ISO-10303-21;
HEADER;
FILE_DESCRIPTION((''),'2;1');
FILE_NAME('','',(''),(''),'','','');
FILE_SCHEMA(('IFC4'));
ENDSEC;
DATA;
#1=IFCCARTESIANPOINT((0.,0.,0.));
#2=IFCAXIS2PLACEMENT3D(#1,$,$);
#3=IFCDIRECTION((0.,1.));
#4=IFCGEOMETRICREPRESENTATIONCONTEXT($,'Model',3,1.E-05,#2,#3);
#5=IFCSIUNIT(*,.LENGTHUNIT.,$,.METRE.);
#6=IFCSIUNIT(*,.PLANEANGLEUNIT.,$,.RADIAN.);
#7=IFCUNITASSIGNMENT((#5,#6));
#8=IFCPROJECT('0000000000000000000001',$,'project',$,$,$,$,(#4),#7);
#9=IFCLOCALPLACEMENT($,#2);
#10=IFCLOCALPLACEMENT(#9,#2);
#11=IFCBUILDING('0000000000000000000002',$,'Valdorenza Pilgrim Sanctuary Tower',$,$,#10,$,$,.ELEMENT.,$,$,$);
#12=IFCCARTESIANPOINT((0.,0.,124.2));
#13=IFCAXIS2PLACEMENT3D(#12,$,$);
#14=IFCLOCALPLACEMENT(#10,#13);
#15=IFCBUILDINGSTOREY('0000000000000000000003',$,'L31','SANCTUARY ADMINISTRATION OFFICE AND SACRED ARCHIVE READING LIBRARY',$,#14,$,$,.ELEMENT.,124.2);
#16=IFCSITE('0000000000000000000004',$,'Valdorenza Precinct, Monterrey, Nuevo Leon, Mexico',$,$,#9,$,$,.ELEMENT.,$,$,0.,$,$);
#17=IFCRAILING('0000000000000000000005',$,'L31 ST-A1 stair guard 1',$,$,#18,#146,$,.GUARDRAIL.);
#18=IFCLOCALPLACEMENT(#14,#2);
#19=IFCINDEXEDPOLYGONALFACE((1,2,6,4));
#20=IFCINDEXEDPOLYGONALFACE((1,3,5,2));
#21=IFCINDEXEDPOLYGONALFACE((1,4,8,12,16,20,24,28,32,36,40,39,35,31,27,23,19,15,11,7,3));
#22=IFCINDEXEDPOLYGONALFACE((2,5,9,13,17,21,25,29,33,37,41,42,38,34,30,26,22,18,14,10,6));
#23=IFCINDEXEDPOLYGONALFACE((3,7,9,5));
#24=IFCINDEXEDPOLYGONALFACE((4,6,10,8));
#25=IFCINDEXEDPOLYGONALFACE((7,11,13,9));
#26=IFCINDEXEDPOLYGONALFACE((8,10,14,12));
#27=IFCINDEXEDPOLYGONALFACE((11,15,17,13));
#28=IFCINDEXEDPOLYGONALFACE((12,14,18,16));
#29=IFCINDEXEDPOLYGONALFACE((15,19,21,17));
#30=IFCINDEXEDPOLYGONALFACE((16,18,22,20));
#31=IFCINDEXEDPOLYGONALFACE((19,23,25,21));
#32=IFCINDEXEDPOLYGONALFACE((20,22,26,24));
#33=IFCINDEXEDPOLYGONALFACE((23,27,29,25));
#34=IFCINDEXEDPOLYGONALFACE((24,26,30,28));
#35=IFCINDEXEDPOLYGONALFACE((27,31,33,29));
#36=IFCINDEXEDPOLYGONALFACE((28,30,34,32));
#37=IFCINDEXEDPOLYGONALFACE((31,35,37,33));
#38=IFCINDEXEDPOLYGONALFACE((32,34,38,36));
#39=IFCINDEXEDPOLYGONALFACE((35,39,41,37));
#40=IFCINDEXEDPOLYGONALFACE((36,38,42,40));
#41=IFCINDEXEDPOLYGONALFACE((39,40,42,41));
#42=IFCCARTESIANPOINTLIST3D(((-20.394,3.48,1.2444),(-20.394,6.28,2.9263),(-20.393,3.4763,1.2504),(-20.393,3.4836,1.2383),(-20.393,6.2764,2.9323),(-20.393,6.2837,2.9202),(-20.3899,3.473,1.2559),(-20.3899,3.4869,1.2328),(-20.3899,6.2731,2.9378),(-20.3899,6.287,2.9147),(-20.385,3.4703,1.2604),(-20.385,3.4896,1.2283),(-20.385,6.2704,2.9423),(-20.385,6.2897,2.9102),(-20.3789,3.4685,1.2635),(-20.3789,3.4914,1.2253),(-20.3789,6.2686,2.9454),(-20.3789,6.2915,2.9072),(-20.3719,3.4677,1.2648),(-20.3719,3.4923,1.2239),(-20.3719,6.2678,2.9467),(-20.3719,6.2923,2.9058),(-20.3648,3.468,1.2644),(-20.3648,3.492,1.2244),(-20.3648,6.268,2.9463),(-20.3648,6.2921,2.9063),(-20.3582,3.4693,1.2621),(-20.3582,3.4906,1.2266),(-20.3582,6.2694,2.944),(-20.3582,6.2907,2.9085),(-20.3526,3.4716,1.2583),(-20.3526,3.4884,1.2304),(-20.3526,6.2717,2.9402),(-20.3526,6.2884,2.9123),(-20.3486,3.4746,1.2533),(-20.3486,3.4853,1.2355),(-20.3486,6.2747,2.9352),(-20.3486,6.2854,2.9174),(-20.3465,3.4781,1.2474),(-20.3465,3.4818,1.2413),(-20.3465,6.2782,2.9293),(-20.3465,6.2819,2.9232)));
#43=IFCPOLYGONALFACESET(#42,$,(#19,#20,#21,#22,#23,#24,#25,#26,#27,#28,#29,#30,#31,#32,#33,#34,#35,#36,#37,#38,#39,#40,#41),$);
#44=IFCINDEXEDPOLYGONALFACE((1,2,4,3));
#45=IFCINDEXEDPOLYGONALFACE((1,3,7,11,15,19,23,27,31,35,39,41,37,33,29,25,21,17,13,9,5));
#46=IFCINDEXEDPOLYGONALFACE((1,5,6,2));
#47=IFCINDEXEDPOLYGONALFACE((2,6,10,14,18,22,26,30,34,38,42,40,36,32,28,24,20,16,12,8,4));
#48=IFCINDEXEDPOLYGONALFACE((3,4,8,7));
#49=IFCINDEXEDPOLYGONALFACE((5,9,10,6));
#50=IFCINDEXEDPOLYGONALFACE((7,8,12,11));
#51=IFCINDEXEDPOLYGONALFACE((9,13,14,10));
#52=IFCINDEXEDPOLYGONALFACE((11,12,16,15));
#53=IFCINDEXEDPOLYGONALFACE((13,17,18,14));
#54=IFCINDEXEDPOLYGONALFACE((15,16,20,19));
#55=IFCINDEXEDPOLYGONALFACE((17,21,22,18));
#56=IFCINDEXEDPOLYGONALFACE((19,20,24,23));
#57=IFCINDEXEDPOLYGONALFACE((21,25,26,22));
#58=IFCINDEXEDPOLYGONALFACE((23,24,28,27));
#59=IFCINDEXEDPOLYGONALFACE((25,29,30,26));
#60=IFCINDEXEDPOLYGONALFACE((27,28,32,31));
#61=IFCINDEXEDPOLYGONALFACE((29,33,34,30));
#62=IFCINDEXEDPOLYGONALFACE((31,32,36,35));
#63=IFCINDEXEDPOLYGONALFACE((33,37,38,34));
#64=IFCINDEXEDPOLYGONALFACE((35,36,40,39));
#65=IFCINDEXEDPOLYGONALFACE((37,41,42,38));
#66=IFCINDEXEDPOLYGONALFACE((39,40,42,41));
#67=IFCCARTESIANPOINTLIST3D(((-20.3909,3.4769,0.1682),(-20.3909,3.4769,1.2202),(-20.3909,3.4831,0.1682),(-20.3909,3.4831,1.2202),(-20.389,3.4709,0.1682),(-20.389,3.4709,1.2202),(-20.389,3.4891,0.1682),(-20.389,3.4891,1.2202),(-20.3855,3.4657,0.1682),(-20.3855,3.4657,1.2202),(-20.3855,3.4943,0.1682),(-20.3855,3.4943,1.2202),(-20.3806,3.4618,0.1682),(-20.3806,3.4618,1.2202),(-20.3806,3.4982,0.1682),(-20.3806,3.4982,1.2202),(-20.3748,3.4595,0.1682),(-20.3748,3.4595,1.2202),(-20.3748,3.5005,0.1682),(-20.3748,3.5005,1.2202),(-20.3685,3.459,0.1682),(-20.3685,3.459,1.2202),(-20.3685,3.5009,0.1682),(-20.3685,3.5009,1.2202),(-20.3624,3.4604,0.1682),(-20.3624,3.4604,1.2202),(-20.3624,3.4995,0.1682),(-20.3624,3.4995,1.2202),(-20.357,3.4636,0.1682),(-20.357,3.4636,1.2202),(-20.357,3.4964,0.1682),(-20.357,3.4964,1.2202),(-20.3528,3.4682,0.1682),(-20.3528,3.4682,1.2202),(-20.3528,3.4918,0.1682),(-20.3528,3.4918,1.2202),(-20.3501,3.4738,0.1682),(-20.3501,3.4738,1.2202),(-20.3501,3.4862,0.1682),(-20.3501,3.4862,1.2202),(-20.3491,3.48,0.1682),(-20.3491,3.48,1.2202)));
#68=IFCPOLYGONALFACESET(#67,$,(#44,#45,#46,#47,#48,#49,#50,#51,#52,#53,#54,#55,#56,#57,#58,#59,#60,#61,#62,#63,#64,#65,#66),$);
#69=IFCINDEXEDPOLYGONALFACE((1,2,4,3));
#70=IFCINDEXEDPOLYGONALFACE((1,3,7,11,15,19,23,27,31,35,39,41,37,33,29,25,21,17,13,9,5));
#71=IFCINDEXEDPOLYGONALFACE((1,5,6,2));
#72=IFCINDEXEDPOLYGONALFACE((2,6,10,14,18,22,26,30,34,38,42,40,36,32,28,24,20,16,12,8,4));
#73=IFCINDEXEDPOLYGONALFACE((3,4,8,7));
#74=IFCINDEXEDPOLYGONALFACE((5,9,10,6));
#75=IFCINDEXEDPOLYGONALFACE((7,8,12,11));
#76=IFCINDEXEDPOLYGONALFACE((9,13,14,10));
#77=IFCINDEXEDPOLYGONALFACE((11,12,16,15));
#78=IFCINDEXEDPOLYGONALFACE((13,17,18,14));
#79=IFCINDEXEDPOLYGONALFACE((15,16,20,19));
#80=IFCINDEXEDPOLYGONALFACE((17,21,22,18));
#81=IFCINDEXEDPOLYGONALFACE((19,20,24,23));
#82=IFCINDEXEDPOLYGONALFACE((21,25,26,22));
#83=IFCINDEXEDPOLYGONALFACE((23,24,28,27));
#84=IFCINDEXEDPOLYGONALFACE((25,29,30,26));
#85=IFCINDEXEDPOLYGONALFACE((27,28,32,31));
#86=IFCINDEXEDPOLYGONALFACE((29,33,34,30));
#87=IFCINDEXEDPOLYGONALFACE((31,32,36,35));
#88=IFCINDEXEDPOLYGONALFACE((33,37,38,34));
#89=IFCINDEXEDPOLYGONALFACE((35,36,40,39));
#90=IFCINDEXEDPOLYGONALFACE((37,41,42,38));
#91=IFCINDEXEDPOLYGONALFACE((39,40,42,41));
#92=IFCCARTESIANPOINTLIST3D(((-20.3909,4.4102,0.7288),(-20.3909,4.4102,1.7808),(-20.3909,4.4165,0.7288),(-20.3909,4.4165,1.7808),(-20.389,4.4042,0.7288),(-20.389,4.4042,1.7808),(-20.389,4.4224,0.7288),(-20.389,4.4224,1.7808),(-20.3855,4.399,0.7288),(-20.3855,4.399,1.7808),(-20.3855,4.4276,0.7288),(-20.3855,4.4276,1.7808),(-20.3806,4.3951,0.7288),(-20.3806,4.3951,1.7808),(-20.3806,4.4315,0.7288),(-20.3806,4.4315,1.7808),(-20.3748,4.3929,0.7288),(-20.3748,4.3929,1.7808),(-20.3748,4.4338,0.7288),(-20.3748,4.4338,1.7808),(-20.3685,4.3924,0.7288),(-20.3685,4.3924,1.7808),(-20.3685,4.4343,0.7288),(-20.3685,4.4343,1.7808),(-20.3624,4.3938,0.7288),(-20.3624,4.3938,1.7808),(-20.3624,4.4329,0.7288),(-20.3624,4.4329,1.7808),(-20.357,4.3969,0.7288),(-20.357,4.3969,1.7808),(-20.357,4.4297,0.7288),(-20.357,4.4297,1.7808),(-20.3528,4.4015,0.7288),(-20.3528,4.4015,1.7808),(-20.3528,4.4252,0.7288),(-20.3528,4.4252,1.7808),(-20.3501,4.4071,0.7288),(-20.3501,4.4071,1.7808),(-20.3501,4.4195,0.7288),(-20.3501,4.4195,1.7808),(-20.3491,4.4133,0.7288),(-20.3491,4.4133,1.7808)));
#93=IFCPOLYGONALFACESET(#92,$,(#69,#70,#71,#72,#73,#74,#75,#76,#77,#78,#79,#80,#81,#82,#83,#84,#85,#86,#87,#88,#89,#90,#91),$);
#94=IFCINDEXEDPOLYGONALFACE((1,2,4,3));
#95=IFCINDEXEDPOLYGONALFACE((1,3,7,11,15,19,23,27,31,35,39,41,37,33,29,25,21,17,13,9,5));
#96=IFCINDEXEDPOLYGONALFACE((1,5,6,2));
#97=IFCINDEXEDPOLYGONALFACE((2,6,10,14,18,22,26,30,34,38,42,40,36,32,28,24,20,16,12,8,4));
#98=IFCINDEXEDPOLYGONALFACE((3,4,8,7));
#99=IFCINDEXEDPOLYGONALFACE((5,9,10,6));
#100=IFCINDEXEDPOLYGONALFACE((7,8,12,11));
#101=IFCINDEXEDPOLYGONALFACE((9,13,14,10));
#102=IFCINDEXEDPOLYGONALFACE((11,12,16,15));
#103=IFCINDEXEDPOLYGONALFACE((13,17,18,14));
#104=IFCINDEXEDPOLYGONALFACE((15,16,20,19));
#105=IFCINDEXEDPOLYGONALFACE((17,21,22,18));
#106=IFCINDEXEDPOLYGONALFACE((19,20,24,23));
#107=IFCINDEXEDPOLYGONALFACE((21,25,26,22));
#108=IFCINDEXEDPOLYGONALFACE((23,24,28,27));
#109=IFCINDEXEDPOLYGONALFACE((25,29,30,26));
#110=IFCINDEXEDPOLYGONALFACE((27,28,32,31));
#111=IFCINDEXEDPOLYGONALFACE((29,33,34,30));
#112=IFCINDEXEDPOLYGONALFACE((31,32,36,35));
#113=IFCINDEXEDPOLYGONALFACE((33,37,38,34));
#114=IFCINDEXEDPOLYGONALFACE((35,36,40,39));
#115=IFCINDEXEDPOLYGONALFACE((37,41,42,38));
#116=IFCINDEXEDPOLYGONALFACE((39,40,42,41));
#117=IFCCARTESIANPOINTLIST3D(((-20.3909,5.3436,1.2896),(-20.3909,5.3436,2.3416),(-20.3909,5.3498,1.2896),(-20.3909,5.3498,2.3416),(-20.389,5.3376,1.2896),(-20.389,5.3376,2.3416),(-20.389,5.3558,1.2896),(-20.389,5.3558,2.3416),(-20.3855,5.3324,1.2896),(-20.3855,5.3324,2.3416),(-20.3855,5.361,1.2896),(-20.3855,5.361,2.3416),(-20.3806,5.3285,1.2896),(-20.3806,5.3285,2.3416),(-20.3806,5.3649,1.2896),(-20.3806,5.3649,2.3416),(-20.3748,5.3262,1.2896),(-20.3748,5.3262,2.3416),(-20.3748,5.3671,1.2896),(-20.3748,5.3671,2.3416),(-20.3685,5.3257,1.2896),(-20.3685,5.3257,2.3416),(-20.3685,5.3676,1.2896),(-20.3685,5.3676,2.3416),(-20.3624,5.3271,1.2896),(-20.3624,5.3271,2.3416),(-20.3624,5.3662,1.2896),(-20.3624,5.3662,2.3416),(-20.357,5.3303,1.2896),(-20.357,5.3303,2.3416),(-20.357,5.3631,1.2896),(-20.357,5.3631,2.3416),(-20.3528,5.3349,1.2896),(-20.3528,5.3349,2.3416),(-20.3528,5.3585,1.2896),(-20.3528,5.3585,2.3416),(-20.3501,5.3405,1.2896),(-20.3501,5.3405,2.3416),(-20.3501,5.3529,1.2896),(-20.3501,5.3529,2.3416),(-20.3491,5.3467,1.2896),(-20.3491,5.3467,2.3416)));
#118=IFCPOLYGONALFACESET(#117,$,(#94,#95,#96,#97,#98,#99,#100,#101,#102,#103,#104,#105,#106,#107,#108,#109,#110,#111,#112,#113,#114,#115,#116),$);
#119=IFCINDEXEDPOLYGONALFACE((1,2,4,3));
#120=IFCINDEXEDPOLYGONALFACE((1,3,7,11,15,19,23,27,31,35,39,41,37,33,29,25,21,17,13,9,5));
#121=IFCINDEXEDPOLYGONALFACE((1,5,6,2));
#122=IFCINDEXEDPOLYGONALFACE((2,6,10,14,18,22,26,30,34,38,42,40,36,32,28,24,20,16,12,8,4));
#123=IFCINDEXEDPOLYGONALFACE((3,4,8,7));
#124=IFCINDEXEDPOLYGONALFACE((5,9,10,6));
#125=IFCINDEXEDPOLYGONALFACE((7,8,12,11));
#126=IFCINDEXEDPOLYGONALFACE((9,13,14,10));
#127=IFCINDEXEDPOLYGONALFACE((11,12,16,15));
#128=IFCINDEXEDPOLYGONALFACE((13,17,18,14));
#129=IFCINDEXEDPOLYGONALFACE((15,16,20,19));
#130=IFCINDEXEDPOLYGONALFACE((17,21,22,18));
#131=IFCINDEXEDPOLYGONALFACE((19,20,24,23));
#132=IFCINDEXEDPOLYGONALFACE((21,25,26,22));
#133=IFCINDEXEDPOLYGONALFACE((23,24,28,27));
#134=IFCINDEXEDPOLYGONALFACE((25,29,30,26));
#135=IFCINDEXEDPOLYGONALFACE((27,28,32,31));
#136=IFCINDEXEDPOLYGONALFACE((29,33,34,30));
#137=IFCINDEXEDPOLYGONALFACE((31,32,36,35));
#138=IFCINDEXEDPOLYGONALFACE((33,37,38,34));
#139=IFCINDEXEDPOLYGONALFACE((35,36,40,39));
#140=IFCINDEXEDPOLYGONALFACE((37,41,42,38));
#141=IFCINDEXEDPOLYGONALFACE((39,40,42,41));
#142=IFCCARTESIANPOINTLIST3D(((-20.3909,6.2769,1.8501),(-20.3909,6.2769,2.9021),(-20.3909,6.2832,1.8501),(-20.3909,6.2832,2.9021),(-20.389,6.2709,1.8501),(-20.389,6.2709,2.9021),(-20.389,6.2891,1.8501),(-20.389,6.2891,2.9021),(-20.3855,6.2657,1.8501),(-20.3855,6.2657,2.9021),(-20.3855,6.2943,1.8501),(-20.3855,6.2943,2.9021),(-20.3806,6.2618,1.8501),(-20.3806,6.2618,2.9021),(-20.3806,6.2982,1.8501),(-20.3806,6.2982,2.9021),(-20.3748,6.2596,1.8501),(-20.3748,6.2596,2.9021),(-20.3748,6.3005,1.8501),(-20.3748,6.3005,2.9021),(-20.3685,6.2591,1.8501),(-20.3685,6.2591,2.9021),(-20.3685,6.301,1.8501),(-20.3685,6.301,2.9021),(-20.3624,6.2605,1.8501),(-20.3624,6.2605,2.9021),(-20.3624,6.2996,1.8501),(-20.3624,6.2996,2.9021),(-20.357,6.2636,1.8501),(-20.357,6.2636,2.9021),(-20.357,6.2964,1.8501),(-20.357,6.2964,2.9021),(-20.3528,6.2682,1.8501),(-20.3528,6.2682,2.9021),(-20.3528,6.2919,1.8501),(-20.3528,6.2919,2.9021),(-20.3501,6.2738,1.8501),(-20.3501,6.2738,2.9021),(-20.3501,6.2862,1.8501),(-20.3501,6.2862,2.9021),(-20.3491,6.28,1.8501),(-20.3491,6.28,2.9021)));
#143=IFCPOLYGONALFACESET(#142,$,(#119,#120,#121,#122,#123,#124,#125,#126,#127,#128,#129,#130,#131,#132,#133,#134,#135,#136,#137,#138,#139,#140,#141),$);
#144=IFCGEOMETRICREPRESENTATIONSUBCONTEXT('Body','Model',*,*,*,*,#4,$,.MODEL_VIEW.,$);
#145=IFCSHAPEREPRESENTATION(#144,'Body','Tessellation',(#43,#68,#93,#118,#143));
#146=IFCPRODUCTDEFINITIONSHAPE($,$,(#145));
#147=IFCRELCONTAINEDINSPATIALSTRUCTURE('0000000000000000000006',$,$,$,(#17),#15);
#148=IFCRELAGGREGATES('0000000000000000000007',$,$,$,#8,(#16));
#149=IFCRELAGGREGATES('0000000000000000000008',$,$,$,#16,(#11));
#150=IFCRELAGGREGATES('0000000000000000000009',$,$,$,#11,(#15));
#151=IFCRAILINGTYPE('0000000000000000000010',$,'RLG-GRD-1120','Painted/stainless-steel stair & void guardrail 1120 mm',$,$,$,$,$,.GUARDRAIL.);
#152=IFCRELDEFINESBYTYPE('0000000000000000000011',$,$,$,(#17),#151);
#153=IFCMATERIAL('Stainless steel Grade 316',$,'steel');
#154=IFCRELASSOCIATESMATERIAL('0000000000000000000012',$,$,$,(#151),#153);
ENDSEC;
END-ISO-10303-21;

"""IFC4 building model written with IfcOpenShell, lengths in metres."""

from ifc_helpers import new_model, si_unit, direction, frame, origin, origin_2d, place, context, subcontext, project, spatial, circle, extrude, material, type_object, element, save


model = new_model("IFC4")

# Units and contexts
model_context = context("Model", 3, precision=1e-05, world=origin(), true_north=direction((0.0, 1.0)))
body_context = subcontext(model_context, "Body", "Model", "MODEL_VIEW")
ifc_project = project(units=[si_unit("LENGTHUNIT", "METRE"), si_unit("PLANEANGLEUNIT", "RADIAN")], contexts=[model_context])

# Site, building, storey
site_placement = place(None, origin())
site = spatial("IfcSite", under=ifc_project, at=site_placement, Name="Valdorenza Precinct, Monterrey, Nuevo Leon, Mexico", CompositionType="ELEMENT", RefElevation=0.0)
building_placement = place(site_placement, origin())
building = spatial("IfcBuilding", under=site, at=building_placement, Name="Valdorenza Pilgrim Sanctuary Tower", CompositionType="ELEMENT")
storey_placement = place(building_placement, frame((0.0, 0.0, 124.2)))
storey = spatial("IfcBuildingStorey", under=building, at=storey_placement, Name="L31", Description="SANCTUARY ADMINISTRATION OFFICE AND SACRED ARCHIVE READING LIBRARY", CompositionType="ELEMENT", Elevation=124.2)

# Railing
ifc_material_1 = material(Name="Stainless steel Grade 316", Category="steel")
railing_type_1 = type_object("IfcRailingType", Name="RLG-GRD-1120", Description="Painted/stainless-steel stair & void guardrail 1120 mm", PredefinedType="GUARDRAIL", material=ifc_material_1)
railing_1_placement = place(storey_placement, frame((-20.3701, 3.48, 0.1682)))
element("IfcRailing", 1, at=railing_1_placement, inside=storey, type_object=railing_type_1, Name="L31 ST-A1 stair guard 1", PredefinedType="GUARDRAIL", context=body_context, shape_type="SweptSolid", body=[
    extrude(circle(Radius=0.0239, at=origin_2d()), frame((0.0, 0.0, 1.0762), z_axis=(0.0, 0.857242, 0.514913), x_axis=(-1.0, 0.0, 0.0)), (0.0, 0.0, 1.0), 3.2664),
    extrude(circle(Radius=0.021, at=origin_2d()), origin(), (0.0, 0.0, 1.0), 1.052),
    extrude(circle(Radius=0.021, at=origin_2d()), frame((0.0, 0.9333, 0.5605)), (0.0, 0.0, 1.0), 1.052),
    extrude(circle(Radius=0.021, at=origin_2d()), frame((0.0, 1.8667, 1.1213)), (0.0, 0.0, 1.0), 1.052),
    extrude(circle(Radius=0.021, at=origin_2d()), frame((0.0, 2.8, 1.6819)), (0.0, 0.0, 1.0), 1.052),
])

save(model, "model.ifc")
